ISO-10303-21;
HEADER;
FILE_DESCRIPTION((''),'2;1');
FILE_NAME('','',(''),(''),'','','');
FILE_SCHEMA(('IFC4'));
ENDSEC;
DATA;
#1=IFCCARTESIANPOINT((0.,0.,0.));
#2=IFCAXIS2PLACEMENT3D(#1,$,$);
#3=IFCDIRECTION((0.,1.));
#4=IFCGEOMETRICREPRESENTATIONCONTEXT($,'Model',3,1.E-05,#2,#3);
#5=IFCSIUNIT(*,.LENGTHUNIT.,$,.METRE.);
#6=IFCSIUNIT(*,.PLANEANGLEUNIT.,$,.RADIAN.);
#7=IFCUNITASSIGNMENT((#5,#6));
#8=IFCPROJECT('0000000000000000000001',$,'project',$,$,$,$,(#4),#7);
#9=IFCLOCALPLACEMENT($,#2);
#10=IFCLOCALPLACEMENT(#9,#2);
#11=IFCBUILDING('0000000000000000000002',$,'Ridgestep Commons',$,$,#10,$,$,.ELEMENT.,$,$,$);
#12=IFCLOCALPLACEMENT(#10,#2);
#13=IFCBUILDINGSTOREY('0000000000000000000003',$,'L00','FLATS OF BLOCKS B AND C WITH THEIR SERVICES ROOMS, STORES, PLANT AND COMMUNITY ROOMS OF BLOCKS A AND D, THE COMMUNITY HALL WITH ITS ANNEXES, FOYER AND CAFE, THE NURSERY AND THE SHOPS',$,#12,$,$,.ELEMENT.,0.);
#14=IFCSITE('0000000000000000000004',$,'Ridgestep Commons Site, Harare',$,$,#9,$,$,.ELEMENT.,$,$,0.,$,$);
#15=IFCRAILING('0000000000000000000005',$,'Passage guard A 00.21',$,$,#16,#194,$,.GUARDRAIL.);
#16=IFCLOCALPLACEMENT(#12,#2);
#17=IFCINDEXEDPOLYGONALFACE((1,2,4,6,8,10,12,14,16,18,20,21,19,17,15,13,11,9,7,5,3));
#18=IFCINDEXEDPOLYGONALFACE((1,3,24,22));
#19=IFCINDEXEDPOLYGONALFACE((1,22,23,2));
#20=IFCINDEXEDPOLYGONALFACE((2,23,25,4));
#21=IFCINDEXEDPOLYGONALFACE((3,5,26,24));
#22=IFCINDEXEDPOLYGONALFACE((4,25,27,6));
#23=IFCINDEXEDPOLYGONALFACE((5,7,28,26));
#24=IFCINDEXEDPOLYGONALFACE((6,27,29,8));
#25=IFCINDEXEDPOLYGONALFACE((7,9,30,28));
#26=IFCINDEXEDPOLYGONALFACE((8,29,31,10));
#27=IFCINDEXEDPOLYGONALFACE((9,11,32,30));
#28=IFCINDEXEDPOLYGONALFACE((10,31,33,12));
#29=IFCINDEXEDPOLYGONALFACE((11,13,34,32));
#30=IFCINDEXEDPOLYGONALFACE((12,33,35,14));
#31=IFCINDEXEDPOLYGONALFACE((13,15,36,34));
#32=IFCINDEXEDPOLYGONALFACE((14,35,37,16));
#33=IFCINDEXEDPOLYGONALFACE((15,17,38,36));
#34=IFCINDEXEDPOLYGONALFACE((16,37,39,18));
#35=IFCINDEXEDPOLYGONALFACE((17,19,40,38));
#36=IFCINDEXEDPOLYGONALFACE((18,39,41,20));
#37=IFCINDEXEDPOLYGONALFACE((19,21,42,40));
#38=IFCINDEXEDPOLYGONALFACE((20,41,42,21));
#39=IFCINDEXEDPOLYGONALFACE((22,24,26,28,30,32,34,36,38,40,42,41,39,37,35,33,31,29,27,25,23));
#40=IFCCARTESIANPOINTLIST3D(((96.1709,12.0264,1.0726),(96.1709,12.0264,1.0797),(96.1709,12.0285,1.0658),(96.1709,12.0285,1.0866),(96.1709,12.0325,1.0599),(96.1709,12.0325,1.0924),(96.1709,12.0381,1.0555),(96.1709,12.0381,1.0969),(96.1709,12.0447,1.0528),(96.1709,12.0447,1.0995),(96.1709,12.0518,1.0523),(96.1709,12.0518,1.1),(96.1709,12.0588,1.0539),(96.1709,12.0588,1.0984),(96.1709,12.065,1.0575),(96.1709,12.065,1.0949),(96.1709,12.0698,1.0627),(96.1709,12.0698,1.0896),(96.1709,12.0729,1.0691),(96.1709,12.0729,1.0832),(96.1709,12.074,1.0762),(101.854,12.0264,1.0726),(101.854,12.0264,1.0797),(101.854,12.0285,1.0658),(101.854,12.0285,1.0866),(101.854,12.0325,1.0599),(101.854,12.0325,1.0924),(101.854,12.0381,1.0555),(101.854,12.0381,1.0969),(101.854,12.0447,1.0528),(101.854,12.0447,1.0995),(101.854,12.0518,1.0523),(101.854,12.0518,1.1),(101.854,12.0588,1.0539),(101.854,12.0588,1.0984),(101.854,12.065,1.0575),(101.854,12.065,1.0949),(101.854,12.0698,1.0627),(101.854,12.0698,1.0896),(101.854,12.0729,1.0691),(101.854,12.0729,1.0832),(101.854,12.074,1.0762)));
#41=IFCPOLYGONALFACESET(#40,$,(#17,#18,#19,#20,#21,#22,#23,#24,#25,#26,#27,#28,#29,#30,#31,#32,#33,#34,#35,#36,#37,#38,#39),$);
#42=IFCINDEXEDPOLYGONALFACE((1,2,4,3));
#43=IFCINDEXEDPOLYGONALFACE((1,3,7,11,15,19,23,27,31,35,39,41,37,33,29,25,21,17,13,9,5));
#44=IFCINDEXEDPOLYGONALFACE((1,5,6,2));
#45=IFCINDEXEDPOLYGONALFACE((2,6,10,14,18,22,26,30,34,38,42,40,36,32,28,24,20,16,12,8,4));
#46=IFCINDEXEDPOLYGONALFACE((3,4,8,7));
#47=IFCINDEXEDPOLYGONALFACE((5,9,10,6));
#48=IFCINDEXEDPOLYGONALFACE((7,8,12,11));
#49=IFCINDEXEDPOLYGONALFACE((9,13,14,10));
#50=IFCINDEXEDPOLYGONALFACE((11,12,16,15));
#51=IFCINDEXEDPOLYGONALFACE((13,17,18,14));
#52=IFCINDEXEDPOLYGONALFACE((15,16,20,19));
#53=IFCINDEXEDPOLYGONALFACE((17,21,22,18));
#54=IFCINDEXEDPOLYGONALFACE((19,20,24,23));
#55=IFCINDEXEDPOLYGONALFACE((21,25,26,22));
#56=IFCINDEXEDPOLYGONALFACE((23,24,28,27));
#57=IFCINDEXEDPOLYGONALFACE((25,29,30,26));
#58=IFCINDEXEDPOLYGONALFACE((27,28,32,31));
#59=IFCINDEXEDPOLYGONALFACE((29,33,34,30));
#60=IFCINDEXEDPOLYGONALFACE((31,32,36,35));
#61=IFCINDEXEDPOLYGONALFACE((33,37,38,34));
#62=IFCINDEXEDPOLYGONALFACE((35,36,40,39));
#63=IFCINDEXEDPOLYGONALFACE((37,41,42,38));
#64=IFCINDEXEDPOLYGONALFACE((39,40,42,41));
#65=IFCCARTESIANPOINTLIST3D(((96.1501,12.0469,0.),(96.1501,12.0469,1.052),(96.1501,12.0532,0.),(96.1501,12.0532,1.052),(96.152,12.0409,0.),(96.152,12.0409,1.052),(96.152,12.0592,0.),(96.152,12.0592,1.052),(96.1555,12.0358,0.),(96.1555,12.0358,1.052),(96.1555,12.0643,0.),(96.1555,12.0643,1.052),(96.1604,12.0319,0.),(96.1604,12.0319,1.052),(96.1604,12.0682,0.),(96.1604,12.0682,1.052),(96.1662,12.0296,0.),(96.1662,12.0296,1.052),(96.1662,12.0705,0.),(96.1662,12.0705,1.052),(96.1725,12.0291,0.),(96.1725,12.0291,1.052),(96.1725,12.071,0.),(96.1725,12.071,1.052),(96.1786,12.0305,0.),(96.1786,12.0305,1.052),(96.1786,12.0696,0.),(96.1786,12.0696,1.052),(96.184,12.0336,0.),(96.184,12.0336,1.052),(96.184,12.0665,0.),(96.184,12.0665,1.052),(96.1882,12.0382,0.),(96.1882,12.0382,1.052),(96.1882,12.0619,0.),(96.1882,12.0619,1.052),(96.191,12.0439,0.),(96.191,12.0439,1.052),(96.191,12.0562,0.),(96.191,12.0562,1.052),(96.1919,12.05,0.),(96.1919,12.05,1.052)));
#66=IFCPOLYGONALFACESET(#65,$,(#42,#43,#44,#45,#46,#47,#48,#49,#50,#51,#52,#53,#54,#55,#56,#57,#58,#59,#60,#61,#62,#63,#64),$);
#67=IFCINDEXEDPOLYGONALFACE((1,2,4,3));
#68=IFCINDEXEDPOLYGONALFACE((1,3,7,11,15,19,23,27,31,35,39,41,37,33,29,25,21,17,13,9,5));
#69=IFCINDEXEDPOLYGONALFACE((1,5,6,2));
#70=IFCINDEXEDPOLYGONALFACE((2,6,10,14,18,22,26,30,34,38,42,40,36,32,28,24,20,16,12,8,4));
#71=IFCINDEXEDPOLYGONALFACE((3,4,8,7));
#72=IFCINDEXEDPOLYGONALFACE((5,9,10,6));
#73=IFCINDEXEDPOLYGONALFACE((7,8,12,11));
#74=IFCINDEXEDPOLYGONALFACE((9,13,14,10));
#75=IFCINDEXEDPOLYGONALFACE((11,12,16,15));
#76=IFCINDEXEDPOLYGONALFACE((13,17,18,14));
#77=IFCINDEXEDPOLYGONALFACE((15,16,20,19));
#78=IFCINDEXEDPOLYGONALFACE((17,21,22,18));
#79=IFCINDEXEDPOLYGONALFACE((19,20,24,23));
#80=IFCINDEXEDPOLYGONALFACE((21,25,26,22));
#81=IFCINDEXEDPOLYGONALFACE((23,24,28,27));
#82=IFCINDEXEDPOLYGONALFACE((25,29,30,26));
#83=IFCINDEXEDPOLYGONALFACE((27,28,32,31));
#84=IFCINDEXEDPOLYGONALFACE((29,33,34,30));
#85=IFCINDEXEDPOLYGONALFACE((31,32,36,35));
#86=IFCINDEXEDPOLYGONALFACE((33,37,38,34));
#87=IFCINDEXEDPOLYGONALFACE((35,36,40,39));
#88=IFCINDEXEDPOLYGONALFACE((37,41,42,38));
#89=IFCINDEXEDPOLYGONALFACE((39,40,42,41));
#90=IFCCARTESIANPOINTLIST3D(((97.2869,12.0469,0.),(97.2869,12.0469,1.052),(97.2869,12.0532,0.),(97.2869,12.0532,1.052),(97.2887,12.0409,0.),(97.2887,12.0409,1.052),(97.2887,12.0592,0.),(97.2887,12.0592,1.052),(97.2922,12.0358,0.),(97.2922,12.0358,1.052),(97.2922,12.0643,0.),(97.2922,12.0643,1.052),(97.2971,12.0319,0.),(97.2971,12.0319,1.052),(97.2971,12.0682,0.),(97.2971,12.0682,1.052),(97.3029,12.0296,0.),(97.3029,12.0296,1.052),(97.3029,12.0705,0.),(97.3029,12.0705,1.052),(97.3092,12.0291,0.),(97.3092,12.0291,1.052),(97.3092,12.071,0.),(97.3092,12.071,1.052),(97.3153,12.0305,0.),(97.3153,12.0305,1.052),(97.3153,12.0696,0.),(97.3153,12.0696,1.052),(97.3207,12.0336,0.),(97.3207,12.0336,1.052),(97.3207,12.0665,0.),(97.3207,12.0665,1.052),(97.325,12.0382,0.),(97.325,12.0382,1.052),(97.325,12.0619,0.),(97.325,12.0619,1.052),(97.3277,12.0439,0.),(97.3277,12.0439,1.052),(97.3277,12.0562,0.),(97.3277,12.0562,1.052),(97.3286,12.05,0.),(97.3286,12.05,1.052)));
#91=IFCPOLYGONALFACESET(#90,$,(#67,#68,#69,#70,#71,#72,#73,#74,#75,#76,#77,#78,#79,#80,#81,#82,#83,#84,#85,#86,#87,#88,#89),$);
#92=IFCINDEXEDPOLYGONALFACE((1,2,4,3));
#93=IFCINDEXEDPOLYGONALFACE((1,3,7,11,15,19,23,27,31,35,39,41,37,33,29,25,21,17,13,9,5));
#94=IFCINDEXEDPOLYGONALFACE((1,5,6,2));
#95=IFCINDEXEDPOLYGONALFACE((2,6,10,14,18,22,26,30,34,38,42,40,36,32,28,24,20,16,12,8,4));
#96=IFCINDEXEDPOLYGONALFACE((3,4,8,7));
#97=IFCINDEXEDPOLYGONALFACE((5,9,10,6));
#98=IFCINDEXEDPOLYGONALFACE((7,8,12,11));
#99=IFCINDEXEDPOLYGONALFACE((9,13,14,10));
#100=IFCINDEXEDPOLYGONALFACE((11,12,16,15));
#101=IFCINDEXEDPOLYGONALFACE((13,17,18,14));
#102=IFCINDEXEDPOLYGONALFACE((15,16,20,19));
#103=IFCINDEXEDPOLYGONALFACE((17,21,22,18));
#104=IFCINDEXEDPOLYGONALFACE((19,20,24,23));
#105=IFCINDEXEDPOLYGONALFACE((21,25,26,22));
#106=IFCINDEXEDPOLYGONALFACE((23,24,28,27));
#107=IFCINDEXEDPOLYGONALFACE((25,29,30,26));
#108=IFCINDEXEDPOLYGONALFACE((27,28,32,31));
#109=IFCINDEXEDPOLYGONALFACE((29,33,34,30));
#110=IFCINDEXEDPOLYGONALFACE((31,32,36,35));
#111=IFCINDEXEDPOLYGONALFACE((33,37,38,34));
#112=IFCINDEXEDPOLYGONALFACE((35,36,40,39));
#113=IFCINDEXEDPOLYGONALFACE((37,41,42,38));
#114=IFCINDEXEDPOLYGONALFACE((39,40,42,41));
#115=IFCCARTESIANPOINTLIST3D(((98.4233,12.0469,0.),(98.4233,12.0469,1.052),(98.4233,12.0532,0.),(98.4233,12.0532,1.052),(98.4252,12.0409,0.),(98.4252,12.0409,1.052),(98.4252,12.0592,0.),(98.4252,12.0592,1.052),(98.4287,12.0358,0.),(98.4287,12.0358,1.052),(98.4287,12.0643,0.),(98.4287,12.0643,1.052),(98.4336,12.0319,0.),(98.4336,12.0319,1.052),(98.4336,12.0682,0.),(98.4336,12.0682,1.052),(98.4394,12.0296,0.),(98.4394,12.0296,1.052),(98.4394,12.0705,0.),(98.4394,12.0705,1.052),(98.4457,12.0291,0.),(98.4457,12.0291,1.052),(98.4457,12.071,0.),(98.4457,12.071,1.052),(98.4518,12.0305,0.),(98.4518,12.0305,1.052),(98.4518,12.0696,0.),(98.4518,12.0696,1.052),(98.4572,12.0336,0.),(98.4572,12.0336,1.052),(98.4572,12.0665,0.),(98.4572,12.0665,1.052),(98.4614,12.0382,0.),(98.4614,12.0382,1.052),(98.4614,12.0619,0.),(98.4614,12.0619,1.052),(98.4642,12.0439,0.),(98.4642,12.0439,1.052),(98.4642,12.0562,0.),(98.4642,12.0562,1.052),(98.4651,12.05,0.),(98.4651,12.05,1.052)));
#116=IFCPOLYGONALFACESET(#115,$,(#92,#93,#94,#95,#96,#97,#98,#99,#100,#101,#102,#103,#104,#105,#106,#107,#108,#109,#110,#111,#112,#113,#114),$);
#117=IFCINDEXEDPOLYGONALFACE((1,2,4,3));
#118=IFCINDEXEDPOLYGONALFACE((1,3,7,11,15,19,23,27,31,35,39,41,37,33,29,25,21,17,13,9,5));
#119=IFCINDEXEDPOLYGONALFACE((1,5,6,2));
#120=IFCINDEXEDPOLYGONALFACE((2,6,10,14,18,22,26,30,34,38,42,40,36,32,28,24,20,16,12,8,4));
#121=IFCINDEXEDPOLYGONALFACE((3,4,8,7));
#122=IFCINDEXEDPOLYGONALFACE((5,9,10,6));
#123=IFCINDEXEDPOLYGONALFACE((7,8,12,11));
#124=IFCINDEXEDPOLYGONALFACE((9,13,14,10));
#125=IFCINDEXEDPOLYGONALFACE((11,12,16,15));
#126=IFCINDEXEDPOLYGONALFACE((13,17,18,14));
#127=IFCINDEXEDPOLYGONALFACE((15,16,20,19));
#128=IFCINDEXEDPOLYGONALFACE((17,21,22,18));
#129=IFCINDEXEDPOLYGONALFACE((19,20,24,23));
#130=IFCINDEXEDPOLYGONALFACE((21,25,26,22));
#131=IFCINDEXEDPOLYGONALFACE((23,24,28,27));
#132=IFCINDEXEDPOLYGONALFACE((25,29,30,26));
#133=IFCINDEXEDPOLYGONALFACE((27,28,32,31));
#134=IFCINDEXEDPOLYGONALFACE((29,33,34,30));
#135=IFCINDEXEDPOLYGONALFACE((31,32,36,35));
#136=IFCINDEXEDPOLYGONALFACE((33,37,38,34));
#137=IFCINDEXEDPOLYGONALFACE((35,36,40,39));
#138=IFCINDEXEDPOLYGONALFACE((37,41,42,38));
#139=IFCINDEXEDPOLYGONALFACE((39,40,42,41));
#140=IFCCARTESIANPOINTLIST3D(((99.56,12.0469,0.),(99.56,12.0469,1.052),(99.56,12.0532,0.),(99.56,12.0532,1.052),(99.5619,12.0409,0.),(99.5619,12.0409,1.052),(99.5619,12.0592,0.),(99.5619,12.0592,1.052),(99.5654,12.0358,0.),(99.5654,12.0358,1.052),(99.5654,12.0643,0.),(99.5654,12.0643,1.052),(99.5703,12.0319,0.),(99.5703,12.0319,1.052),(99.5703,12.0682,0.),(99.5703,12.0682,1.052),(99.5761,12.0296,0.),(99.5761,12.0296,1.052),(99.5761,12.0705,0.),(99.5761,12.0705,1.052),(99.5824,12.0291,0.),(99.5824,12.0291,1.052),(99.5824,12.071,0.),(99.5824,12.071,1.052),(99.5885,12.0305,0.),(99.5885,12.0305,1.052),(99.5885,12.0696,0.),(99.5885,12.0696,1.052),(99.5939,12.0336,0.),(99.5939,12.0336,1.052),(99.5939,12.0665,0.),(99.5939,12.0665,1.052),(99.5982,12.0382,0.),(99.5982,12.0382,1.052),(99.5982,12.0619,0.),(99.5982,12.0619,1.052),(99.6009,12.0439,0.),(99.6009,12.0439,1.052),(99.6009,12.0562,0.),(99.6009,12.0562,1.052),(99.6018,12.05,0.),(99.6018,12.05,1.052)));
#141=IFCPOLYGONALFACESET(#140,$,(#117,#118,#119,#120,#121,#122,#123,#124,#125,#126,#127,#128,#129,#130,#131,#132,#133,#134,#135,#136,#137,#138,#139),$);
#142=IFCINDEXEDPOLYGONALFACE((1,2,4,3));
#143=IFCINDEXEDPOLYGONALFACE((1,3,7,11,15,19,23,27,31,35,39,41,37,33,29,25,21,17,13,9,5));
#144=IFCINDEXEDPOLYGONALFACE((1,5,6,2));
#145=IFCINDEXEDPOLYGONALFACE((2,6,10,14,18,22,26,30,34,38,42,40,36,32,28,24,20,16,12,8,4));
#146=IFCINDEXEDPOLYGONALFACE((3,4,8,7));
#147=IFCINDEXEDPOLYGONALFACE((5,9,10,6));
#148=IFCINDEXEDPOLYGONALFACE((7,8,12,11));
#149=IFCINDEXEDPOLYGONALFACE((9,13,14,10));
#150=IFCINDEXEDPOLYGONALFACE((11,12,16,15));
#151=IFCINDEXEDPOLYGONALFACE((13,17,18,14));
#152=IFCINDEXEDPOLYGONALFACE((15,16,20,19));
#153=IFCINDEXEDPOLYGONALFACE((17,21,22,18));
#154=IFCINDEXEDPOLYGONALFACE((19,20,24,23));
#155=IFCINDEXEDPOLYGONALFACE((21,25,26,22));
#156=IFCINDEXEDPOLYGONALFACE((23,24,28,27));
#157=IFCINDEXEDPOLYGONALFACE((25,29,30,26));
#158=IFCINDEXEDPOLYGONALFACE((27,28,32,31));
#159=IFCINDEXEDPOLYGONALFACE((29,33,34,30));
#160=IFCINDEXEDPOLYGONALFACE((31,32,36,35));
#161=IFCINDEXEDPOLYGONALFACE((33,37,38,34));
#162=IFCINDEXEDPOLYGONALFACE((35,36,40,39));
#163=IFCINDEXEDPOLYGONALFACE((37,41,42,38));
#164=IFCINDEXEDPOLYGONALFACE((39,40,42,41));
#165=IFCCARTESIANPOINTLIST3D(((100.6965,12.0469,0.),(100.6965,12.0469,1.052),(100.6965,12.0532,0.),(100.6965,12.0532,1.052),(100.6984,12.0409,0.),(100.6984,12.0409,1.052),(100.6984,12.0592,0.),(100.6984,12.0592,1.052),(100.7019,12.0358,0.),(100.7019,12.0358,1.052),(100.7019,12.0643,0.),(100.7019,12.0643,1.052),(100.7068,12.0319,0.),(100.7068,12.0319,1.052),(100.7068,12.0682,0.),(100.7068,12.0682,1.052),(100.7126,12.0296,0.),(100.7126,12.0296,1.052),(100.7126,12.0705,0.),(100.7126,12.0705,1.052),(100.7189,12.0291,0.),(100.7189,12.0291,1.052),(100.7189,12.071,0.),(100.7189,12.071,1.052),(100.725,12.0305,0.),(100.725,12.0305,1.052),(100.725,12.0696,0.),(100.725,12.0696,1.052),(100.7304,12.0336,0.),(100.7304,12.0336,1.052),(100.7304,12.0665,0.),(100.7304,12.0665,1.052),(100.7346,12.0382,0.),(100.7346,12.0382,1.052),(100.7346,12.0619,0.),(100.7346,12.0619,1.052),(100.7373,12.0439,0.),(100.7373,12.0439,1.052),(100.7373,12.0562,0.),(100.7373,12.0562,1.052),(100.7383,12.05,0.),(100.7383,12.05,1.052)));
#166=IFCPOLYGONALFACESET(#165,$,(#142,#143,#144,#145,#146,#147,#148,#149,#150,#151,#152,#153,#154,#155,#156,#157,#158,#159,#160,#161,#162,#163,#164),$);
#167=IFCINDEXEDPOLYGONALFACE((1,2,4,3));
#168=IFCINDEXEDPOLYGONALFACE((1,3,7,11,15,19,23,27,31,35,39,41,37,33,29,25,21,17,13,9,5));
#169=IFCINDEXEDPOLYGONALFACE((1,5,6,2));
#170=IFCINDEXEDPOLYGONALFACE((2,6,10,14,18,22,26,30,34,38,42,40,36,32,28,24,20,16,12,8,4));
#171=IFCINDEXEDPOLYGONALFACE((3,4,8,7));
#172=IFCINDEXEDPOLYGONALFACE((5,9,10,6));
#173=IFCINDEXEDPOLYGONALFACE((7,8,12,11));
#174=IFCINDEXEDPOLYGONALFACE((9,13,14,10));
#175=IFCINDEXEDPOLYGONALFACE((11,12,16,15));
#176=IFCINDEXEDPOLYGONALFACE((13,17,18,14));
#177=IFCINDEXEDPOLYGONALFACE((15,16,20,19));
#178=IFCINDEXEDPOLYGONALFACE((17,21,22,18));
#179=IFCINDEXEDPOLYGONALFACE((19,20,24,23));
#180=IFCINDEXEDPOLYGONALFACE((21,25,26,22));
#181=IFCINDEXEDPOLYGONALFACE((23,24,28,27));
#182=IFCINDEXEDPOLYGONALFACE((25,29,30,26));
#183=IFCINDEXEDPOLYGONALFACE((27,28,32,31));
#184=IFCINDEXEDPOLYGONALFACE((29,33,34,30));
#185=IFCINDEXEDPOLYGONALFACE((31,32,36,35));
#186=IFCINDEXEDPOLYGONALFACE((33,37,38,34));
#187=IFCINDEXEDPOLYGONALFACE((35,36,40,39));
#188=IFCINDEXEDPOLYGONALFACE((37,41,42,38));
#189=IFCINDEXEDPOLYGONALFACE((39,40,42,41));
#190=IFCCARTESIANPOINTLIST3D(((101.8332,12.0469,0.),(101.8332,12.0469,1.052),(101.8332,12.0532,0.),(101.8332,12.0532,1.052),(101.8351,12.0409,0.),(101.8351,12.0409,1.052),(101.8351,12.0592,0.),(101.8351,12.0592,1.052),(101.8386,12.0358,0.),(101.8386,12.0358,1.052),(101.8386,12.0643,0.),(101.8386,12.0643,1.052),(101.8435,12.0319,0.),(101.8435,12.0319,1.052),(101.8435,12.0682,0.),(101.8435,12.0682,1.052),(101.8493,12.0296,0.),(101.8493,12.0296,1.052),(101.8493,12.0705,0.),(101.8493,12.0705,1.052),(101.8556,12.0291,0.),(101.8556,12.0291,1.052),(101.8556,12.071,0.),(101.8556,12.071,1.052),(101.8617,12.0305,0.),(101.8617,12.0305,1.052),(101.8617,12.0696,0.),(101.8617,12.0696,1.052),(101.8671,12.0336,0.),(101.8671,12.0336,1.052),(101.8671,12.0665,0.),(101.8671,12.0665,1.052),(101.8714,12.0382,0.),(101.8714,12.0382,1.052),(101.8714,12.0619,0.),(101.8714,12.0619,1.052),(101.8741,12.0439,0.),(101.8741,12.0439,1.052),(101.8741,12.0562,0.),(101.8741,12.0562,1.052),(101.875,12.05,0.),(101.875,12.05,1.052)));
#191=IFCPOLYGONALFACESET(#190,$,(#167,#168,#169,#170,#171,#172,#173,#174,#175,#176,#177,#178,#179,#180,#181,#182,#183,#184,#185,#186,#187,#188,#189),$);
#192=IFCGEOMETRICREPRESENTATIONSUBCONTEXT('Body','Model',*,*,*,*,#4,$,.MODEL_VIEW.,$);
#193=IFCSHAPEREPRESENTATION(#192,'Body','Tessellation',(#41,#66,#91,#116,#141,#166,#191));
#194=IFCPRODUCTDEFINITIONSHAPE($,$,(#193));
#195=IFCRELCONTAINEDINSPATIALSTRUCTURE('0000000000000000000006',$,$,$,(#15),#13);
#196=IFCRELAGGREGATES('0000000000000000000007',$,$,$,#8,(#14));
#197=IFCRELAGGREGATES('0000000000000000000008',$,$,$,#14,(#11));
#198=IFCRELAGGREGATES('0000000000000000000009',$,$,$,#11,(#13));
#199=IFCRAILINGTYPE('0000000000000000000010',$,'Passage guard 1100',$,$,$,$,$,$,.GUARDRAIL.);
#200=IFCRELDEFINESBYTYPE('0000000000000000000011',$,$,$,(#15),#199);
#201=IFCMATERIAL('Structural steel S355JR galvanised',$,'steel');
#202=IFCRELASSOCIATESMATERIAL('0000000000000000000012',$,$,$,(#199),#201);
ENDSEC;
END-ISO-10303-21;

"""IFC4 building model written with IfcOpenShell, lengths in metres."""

from ifc_helpers import new_model, si_unit, direction, frame, origin, origin_2d, place, context, subcontext, project, spatial, circle, extrude, material, type_object, element, save


model = new_model("IFC4")

# Units and contexts
model_context = context("Model", 3, precision=1e-05, world=origin(), true_north=direction((0.0, 1.0)))
body_context = subcontext(model_context, "Body", "Model", "MODEL_VIEW")
ifc_project = project(units=[si_unit("LENGTHUNIT", "METRE"), si_unit("PLANEANGLEUNIT", "RADIAN")], contexts=[model_context])

# Site, building, storey
site_placement = place(None, origin())
site = spatial("IfcSite", under=ifc_project, at=site_placement, Name="Ridgestep Commons Site, Harare", CompositionType="ELEMENT", RefElevation=0.0)
building_placement = place(site_placement, origin())
building = spatial("IfcBuilding", under=site, at=building_placement, Name="Ridgestep Commons", CompositionType="ELEMENT")
storey_placement = place(building_placement, origin())
storey = spatial("IfcBuildingStorey", under=building, at=storey_placement, Name="L00", Description="FLATS OF BLOCKS B AND C WITH THEIR SERVICES ROOMS, STORES, PLANT AND COMMUNITY ROOMS OF BLOCKS A AND D, THE COMMUNITY HALL WITH ITS ANNEXES, FOYER AND CAFE, THE NURSERY AND THE SHOPS", CompositionType="ELEMENT", Elevation=0.0)

# Railing
ifc_material_1 = material(Name="Structural steel S355JR galvanised", Category="steel")
railing_type_1 = type_object("IfcRailingType", Name="Passage guard 1100", PredefinedType="GUARDRAIL", material=ifc_material_1)
railing_1_placement = place(storey_placement, frame((96.1709, 12.05, 0.0)))
element("IfcRailing", 1, at=railing_1_placement, inside=storey, type_object=railing_type_1, Name="Passage guard A 00.21", PredefinedType="GUARDRAIL", context=body_context, shape_type="SweptSolid", body=[
    extrude(circle(Radius=0.0239, at=origin_2d()), frame((0.0, 0.0, 1.0762), z_axis=(1.0, 0.0, 0.0), x_axis=(0.0, 1.0, 0.0)), (0.0, 0.0, 1.0), 5.6831),
    extrude(circle(Radius=0.021, at=origin_2d()), origin(), (0.0, 0.0, 1.0), 1.052),
    extrude(circle(Radius=0.021, at=origin_2d()), frame((1.1367, 0.0, 0.0)), (0.0, 0.0, 1.0), 1.052),
    extrude(circle(Radius=0.021, at=origin_2d()), frame((2.2732, 0.0, 0.0)), (0.0, 0.0, 1.0), 1.052),
    extrude(circle(Radius=0.021, at=origin_2d()), frame((3.4099, 0.0, 0.0)), (0.0, 0.0, 1.0), 1.052),
    extrude(circle(Radius=0.021, at=origin_2d()), frame((4.5464, 0.0, 0.0)), (0.0, 0.0, 1.0), 1.052),
    extrude(circle(Radius=0.021, at=origin_2d()), frame((5.6831, 0.0, 0.0)), (0.0, 0.0, 1.0), 1.052),
])

save(model, "model.ifc")
